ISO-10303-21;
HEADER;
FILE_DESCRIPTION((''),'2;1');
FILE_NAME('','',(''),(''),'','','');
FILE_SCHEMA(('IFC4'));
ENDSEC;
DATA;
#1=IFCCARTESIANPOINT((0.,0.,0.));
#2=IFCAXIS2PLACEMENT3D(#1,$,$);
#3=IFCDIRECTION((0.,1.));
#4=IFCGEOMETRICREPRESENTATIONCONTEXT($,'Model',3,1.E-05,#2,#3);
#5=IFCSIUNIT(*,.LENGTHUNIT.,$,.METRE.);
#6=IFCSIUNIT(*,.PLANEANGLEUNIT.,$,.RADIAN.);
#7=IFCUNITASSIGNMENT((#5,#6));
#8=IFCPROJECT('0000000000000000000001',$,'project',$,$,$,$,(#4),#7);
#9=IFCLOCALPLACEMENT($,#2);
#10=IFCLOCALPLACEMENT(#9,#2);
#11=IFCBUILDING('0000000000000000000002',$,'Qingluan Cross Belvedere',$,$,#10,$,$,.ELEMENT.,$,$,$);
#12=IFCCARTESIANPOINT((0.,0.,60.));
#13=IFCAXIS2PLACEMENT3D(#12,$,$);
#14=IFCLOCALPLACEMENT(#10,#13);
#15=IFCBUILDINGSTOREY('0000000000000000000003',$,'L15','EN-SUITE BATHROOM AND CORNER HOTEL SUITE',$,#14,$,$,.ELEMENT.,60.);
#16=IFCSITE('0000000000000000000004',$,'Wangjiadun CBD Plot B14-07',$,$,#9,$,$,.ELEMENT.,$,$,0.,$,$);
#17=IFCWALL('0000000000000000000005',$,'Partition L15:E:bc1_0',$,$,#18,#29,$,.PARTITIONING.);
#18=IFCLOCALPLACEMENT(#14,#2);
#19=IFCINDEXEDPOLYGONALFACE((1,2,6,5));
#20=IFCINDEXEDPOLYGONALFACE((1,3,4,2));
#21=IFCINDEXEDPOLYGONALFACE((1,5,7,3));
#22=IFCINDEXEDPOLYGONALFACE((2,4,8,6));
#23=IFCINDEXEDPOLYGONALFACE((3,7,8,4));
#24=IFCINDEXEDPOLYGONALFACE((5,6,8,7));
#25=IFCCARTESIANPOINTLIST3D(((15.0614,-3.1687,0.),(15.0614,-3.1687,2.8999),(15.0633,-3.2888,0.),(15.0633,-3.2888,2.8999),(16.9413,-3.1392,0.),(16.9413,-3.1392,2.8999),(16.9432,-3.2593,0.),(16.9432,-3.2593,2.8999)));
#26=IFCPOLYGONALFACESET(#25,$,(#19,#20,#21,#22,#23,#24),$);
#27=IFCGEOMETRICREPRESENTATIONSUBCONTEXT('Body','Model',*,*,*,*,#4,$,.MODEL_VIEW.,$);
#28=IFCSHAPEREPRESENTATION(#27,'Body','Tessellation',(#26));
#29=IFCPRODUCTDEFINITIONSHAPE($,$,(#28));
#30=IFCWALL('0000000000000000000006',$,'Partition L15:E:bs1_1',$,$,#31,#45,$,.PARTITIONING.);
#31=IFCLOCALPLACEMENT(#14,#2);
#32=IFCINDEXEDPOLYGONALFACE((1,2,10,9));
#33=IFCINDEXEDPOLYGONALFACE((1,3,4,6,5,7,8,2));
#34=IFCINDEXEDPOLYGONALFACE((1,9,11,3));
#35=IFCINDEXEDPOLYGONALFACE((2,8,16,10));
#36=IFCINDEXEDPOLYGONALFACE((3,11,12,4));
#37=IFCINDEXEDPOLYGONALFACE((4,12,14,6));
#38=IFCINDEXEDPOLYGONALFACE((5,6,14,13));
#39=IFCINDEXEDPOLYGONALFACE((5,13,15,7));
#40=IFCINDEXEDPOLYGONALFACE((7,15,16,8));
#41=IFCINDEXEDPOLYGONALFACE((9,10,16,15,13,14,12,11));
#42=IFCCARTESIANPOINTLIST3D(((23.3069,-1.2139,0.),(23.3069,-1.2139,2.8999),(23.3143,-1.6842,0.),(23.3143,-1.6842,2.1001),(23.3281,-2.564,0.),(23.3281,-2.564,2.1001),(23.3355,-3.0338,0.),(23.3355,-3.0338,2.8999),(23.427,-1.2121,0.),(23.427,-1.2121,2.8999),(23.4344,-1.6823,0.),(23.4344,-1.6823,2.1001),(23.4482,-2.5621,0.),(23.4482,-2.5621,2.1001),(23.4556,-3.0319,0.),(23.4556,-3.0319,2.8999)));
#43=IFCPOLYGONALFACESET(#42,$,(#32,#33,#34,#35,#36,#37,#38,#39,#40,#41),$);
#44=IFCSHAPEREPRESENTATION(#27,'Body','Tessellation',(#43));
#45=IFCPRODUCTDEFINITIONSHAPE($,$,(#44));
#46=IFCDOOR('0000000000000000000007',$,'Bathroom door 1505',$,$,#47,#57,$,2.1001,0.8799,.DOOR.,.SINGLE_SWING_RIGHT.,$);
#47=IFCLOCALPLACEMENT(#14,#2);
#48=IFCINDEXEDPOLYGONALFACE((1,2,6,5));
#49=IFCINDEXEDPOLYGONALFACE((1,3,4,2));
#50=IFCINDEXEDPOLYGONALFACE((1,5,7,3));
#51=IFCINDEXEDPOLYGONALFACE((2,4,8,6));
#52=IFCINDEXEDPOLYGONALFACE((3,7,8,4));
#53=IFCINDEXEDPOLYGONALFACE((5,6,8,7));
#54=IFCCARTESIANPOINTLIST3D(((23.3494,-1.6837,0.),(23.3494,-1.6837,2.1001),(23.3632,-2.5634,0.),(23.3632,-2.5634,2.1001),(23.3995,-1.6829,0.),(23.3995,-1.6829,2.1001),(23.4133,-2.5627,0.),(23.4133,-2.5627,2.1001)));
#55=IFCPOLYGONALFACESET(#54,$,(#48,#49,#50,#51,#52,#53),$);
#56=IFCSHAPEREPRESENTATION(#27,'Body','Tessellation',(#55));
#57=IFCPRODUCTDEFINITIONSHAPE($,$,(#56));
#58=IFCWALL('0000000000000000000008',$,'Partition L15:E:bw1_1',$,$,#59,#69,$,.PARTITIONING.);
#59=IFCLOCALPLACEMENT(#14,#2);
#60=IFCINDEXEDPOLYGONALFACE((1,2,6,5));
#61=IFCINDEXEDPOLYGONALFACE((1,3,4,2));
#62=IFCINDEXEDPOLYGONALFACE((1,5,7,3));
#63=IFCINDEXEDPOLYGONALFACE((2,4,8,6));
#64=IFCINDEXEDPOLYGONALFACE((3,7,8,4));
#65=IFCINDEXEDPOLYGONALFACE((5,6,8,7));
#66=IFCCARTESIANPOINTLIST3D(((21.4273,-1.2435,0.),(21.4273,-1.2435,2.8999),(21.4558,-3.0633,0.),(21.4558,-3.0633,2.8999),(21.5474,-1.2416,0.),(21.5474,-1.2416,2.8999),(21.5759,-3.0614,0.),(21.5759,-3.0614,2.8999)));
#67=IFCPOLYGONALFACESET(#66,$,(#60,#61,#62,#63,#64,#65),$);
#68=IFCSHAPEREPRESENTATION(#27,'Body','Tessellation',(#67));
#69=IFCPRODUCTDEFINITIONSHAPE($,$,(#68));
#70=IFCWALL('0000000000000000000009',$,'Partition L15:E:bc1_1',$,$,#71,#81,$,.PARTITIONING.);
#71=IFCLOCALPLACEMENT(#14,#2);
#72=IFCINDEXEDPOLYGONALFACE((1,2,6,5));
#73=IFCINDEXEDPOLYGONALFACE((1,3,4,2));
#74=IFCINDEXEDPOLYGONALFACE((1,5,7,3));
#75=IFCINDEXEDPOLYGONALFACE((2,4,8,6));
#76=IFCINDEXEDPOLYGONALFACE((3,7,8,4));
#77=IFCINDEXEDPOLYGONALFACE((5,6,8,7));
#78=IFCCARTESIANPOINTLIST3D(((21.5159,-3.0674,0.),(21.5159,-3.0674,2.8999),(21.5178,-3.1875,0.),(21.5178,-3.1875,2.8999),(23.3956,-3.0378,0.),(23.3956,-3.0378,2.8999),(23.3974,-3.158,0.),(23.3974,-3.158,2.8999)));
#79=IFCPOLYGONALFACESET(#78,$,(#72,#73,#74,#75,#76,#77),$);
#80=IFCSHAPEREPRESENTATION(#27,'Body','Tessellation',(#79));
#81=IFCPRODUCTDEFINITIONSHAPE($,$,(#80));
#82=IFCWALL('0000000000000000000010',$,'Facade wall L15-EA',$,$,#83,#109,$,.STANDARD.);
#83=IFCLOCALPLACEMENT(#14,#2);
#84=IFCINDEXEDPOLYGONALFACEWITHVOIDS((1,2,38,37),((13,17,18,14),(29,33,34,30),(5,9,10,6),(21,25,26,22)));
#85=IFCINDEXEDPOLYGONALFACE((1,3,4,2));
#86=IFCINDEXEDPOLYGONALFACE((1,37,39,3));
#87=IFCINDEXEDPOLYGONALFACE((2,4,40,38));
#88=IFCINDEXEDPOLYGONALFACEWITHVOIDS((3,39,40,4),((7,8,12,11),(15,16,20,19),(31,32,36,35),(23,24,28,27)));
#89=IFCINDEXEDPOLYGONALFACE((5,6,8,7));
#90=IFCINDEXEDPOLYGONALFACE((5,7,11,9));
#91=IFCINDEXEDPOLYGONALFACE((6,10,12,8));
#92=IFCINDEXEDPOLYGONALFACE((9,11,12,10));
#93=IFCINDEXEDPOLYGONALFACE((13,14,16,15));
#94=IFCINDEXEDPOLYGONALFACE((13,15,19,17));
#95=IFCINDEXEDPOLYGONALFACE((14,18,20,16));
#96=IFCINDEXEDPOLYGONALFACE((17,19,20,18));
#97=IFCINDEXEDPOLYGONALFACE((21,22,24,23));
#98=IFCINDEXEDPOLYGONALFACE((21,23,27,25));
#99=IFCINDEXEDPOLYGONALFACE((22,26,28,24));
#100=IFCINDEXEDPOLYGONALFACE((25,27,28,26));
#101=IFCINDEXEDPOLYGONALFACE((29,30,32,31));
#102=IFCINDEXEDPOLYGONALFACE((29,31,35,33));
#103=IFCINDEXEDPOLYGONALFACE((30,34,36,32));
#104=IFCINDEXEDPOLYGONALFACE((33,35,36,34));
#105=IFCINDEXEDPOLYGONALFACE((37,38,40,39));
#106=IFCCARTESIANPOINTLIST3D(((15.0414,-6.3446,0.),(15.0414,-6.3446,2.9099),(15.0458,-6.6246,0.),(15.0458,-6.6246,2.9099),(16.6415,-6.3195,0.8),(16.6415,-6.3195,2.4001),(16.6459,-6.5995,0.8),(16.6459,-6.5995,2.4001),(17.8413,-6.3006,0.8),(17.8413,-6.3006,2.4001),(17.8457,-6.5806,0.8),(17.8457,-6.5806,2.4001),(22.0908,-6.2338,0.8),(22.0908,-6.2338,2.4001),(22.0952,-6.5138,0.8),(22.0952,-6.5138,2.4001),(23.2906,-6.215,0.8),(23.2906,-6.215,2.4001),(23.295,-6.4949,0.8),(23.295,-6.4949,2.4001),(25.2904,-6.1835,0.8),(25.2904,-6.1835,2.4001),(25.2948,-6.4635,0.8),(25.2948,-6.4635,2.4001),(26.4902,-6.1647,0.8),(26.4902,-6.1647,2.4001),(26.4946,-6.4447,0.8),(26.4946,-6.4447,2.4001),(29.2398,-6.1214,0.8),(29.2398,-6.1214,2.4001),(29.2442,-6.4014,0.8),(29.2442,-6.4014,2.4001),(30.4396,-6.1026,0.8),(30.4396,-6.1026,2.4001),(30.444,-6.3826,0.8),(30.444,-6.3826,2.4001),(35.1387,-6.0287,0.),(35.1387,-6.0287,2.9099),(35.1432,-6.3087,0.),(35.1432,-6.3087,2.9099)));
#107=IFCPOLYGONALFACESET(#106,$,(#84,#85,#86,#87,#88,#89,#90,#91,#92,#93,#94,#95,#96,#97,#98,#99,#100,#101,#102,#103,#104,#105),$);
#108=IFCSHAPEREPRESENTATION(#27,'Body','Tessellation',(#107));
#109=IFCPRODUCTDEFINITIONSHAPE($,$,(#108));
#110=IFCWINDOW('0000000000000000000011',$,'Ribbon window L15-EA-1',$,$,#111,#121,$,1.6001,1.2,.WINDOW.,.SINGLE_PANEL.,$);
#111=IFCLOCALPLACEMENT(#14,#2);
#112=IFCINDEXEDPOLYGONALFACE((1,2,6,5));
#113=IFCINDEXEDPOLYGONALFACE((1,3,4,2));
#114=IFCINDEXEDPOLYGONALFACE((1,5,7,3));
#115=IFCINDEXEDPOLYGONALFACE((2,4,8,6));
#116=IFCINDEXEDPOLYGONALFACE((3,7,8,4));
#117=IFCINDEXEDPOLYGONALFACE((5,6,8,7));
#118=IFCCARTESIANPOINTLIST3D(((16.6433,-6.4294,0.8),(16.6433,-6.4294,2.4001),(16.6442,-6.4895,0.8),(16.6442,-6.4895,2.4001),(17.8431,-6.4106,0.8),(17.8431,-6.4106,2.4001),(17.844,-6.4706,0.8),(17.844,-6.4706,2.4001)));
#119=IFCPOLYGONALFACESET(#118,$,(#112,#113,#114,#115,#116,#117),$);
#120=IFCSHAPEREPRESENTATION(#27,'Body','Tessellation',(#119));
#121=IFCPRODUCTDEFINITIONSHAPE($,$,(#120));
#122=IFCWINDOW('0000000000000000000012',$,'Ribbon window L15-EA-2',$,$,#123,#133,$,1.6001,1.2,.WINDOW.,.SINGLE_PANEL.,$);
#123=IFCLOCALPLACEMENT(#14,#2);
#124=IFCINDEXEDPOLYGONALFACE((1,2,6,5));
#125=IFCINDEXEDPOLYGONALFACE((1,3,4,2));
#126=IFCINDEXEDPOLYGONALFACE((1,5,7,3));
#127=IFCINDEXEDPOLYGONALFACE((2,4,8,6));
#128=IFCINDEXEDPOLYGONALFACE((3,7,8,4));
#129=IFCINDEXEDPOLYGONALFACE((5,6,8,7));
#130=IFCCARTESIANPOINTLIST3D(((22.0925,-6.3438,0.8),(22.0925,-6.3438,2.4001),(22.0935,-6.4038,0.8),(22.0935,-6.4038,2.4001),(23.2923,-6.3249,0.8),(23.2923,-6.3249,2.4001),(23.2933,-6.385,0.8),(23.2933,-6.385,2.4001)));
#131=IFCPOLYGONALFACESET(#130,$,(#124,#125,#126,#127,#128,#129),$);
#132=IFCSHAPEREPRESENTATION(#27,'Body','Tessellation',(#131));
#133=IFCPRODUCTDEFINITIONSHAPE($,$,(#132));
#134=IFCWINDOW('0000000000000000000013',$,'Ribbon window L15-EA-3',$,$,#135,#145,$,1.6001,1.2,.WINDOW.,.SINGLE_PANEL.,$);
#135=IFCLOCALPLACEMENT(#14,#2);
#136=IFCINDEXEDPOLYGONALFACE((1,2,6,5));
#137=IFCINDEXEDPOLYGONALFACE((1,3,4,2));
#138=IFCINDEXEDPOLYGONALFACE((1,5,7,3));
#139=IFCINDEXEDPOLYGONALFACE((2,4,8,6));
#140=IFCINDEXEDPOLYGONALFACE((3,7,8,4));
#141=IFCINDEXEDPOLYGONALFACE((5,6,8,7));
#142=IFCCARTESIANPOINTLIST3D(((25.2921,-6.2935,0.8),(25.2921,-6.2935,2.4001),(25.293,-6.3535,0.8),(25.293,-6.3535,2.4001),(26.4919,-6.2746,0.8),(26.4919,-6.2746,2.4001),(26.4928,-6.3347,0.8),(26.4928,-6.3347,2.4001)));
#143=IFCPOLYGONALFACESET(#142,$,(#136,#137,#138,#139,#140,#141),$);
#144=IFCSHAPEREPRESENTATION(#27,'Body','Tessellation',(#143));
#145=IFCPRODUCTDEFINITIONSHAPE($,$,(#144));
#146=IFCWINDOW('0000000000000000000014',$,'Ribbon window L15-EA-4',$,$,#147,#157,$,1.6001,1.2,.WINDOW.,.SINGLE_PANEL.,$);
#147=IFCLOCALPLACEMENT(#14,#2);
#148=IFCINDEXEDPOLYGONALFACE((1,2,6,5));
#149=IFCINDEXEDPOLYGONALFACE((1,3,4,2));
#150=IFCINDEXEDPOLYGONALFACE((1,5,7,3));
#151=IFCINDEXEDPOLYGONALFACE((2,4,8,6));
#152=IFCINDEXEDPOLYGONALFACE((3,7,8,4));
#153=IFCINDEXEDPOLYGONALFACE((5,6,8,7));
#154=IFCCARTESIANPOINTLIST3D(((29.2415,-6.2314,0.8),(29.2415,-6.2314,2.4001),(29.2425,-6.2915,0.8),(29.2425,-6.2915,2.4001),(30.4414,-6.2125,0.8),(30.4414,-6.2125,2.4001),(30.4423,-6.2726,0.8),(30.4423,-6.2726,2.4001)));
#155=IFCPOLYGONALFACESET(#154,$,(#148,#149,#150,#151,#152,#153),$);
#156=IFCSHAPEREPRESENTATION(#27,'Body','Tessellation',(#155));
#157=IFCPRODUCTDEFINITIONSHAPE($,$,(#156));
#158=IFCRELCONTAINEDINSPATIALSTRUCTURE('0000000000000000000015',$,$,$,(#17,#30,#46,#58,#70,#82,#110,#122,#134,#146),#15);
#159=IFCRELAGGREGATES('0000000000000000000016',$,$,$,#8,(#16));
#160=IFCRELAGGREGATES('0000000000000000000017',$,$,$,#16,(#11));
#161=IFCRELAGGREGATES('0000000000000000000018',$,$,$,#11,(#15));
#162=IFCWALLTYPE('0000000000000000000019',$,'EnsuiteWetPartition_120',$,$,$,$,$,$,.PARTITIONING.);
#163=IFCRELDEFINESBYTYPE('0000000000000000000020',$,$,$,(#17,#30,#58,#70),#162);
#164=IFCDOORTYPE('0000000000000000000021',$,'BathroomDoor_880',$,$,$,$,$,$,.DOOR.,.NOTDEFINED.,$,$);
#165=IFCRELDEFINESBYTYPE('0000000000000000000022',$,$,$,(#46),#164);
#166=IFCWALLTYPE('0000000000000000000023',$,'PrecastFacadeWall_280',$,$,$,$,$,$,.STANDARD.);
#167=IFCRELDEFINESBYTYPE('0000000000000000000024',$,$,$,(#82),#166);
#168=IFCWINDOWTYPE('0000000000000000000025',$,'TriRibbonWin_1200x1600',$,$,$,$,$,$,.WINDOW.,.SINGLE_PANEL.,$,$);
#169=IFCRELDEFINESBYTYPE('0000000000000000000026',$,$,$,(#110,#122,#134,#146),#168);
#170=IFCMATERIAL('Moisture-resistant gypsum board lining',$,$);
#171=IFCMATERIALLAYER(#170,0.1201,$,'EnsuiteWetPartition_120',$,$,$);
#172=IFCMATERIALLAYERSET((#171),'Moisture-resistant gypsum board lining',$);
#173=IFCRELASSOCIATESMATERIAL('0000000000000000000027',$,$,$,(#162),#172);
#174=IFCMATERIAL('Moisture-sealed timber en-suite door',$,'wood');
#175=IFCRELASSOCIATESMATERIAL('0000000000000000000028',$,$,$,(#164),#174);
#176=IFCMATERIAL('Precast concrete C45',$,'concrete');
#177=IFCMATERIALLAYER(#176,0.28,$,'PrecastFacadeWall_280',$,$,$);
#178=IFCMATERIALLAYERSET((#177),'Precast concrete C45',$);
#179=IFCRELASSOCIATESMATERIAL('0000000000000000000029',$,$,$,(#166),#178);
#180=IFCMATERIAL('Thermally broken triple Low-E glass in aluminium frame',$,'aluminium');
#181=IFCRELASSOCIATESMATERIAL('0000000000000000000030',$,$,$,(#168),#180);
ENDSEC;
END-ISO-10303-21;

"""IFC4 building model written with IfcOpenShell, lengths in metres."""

from ifc_helpers import new_model, si_unit, direction, frame, frame_2d, origin, place, context, subcontext, project, spatial, rectangle, extrude, material, layer, layer_set, type_object, element, fill, save


model = new_model("IFC4")

# Units and contexts
model_context = context("Model", 3, precision=1e-05, world=origin(), true_north=direction((0.0, 1.0)))
body_context = subcontext(model_context, "Body", "Model", "MODEL_VIEW")
ifc_project = project(units=[si_unit("LENGTHUNIT", "METRE"), si_unit("PLANEANGLEUNIT", "RADIAN")], contexts=[model_context])

# Site, building, storey
site_placement = place(None, origin())
site = spatial("IfcSite", under=ifc_project, at=site_placement, Name="Wangjiadun CBD Plot B14-07", CompositionType="ELEMENT", RefElevation=0.0)
building_placement = place(site_placement, origin())
building = spatial("IfcBuilding", under=site, at=building_placement, Name="Qingluan Cross Belvedere", CompositionType="ELEMENT")
storey_placement = place(building_placement, frame((0.0, 0.0, 60.0)))
storey = spatial("IfcBuildingStorey", under=building, at=storey_placement, Name="L15", Description="EN-SUITE BATHROOM AND CORNER HOTEL SUITE", CompositionType="ELEMENT", Elevation=60.0)

# Shared definitions
ifc_material_1 = material(Name="Moisture-resistant gypsum board lining")
ifc_layer_1 = layer(ifc_material_1, 0.1201, Name="EnsuiteWetPartition_120")
ifc_layer_set_1 = layer_set([ifc_layer_1], Name="Moisture-resistant gypsum board lining")
wall_type_1 = type_object("IfcWallType", Name="EnsuiteWetPartition_120", PredefinedType="PARTITIONING", material=ifc_layer_set_1)
ifc_material_2 = material(Name="Moisture-sealed timber en-suite door", Category="wood")
door_type = type_object("IfcDoorType", Name="BathroomDoor_880", OperationType="NOTDEFINED", PredefinedType="DOOR", material=ifc_material_2)

# Wall
wall_1_placement = place(storey_placement, frame((15.0625, -3.2288, 0.0), z_axis=(0.0, 0.0, 1.0), x_axis=(0.999877, 0.015712, 0.0)))
element("IfcWall", 1, at=wall_1_placement, inside=storey, type_object=wall_type_1, Name="Partition L15:E:bc1_0", PredefinedType="PARTITIONING", context=body_context, shape_type="SweptSolid", body=[
    extrude(rectangle(XDim=1.8801, YDim=0.1201, at=frame_2d((0.9399, 0.0))), origin(), (0.0, 0.0, 1.0), 2.8999),
])

# Wall, opening, door
wall_2_placement = place(storey_placement, frame((23.3955, -3.033, 0.0), z_axis=(0.0, 0.0, 1.0), x_axis=(-0.015694, 0.999877, 0.0)))
wall_2 = element("IfcWall", 2, at=wall_2_placement, inside=storey, type_object=wall_type_1, Name="Partition L15:E:bs1_1", PredefinedType="PARTITIONING", context=body_context, shape_type="SweptSolid", body=[
    extrude(rectangle(XDim=1.8201, YDim=0.1201, at=frame_2d((0.9102, 0.0))), origin(), (0.0, 0.0, 1.0), 2.8999),
])
opening_1_placement = place(wall_2_placement, frame((0.47, 0.0, 0.0)))
opening_1 = element("IfcOpeningElement", 3, at=opening_1_placement, cuts=wall_2, PredefinedType="OPENING", context=body_context, shape_type="SweptSolid", body=[
    extrude(rectangle(XDim=0.8799, YDim=2.1001, at=frame_2d((0.4399, 1.05))), frame((0.0, 0.0701, 0.0), z_axis=(0.0, -1.0, 0.0), x_axis=(1.0, 0.0, 0.0)), (0.0, 0.0, 1.0), 0.1401),
])
door_1_placement = place(opening_1_placement, origin())
door_1 = element("IfcDoor", 4, at=door_1_placement, inside=storey, type_object=door_type, Name="Bathroom door 1505", OperationType="SINGLE_SWING_RIGHT", OverallHeight=2.1001, OverallWidth=0.8799, PredefinedType="DOOR", context=body_context, shape_type="SweptSolid", body=[
    extrude(rectangle(XDim=0.8799, YDim=2.1001, at=frame_2d((0.4399, 1.05))), frame((0.0, 0.0249, 0.0), z_axis=(0.0, -1.0, 0.0), x_axis=(1.0, 0.0, 0.0)), (0.0, 0.0, 1.0), 0.05),
])
fill(opening_1, door_1)

# Walls
wall_3_placement = place(storey_placement, frame((21.5159, -3.0625, 0.0), z_axis=(0.0, 0.0, 1.0), x_axis=(-0.015694, 0.999877, 0.0)))
element("IfcWall", 5, at=wall_3_placement, inside=storey, type_object=wall_type_1, Name="Partition L15:E:bw1_1", PredefinedType="PARTITIONING", context=body_context, shape_type="SweptSolid", body=[
    extrude(rectangle(XDim=1.8201, YDim=0.1201, at=frame_2d((0.9102, 0.0))), origin(), (0.0, 0.0, 1.0), 2.8999),
])
wall_4_placement = place(storey_placement, frame((21.5168, -3.1274, 0.0), z_axis=(0.0, 0.0, 1.0), x_axis=(0.999877, 0.015714, 0.0)))
element("IfcWall", 6, at=wall_4_placement, inside=storey, type_object=wall_type_1, Name="Partition L15:E:bc1_1", PredefinedType="PARTITIONING", context=body_context, shape_type="SweptSolid", body=[
    extrude(rectangle(XDim=1.8799, YDim=0.1201, at=frame_2d((0.9399, 0.0))), origin(), (0.0, 0.0, 1.0), 2.8999),
])

# Wall, openings, windows
ifc_material_3 = material(Name="Precast concrete C45", Category="concrete")
ifc_layer_2 = layer(ifc_material_3, 0.28, Name="PrecastFacadeWall_280")
ifc_layer_set_2 = layer_set([ifc_layer_2], Name="Precast concrete C45")
wall_type_2 = type_object("IfcWallType", Name="PrecastFacadeWall_280", PredefinedType="STANDARD", material=ifc_layer_set_2)
wall_5_placement = place(storey_placement, frame((15.0437, -6.4846, 0.0), z_axis=(0.0, 0.0, 1.0), x_axis=(0.999876, 0.015717, 0.0)))
wall_5 = element("IfcWall", 7, at=wall_5_placement, inside=storey, type_object=wall_type_2, Name="Facade wall L15-EA", PredefinedType="STANDARD", context=body_context, shape_type="SweptSolid", body=[
    extrude(rectangle(XDim=20.0999, YDim=0.28, at=frame_2d((10.0498, 0.0))), origin(), (0.0, 0.0, 1.0), 2.9099),
])
opening_2_placement = place(wall_5_placement, frame((1.6001, 0.0, 0.8)))
opening_2 = element("IfcOpeningElement", 8, at=opening_2_placement, cuts=wall_5, PredefinedType="OPENING", context=body_context, shape_type="SweptSolid", body=[
    extrude(rectangle(XDim=1.2, YDim=1.6001, at=frame_2d((0.6001, 0.8))), frame((0.0, 0.1499, 0.0), z_axis=(0.0, -1.0, 0.0), x_axis=(1.0, 0.0, 0.0)), (0.0, 0.0, 1.0), 0.3),
])
opening_3_placement = place(wall_5_placement, frame((7.05, 0.0, 0.8)))
opening_3 = element("IfcOpeningElement", 9, at=opening_3_placement, cuts=wall_5, PredefinedType="OPENING", context=body_context, shape_type="SweptSolid", body=[
    extrude(rectangle(XDim=1.2, YDim=1.6001, at=frame_2d((0.6001, 0.8))), frame((0.0, 0.1499, 0.0), z_axis=(0.0, -1.0, 0.0), x_axis=(1.0, 0.0, 0.0)), (0.0, 0.0, 1.0), 0.3),
])
opening_4_placement = place(wall_5_placement, frame((10.25, 0.0, 0.8)))
opening_4 = element("IfcOpeningElement", 10, at=opening_4_placement, cuts=wall_5, PredefinedType="OPENING", context=body_context, shape_type="SweptSolid", body=[
    extrude(rectangle(XDim=1.2, YDim=1.6001, at=frame_2d((0.6001, 0.8))), frame((0.0, 0.1499, 0.0), z_axis=(0.0, -1.0, 0.0), x_axis=(1.0, 0.0, 0.0)), (0.0, 0.0, 1.0), 0.3),
])
opening_5_placement = place(wall_5_placement, frame((14.2, 0.0, 0.8)))
opening_5 = element("IfcOpeningElement", 11, at=opening_5_placement, cuts=wall_5, PredefinedType="OPENING", context=body_context, shape_type="SweptSolid", body=[
    extrude(rectangle(XDim=1.2, YDim=1.6001, at=frame_2d((0.6001, 0.8))), frame((0.0, 0.1499, 0.0), z_axis=(0.0, -1.0, 0.0), x_axis=(1.0, 0.0, 0.0)), (0.0, 0.0, 1.0), 0.3),
])
ifc_material_4 = material(Name="Thermally broken triple Low-E glass in aluminium frame", Category="aluminium")
window_type_1 = type_object("IfcWindowType", Name="TriRibbonWin_1200x1600", PartitioningType="SINGLE_PANEL", PredefinedType="WINDOW", material=ifc_material_4)
window_1_placement = place(opening_2_placement, origin())
window_1 = element("IfcWindow", 12, at=window_1_placement, inside=storey, type_object=window_type_1, Name="Ribbon window L15-EA-1", OverallHeight=1.6001, OverallWidth=1.2, PartitioningType="SINGLE_PANEL", PredefinedType="WINDOW", context=body_context, shape_type="SweptSolid", body=[
    extrude(rectangle(XDim=1.2, YDim=1.6001, at=frame_2d((0.6001, 0.8))), frame((0.0, 0.03, 0.0), z_axis=(0.0, -1.0, 0.0), x_axis=(1.0, 0.0, 0.0)), (0.0, 0.0, 1.0), 0.0601),
])
fill(opening_2, window_1)
window_2_placement = place(opening_3_placement, origin())
window_2 = element("IfcWindow", 13, at=window_2_placement, inside=storey, type_object=window_type_1, Name="Ribbon window L15-EA-2", OverallHeight=1.6001, OverallWidth=1.2, PartitioningType="SINGLE_PANEL", PredefinedType="WINDOW", context=body_context, shape_type="SweptSolid", body=[
    extrude(rectangle(XDim=1.2, YDim=1.6001, at=frame_2d((0.6001, 0.8))), frame((0.0, 0.03, 0.0), z_axis=(0.0, -1.0, 0.0), x_axis=(1.0, 0.0, 0.0)), (0.0, 0.0, 1.0), 0.0601),
])
fill(opening_3, window_2)
window_3_placement = place(opening_4_placement, origin())
window_3 = element("IfcWindow", 14, at=window_3_placement, inside=storey, type_object=window_type_1, Name="Ribbon window L15-EA-3", OverallHeight=1.6001, OverallWidth=1.2, PartitioningType="SINGLE_PANEL", PredefinedType="WINDOW", context=body_context, shape_type="SweptSolid", body=[
    extrude(rectangle(XDim=1.2, YDim=1.6001, at=frame_2d((0.6001, 0.8))), frame((0.0, 0.03, 0.0), z_axis=(0.0, -1.0, 0.0), x_axis=(1.0, 0.0, 0.0)), (0.0, 0.0, 1.0), 0.0601),
])
fill(opening_4, window_3)
window_4_placement = place(opening_5_placement, origin())
window_4 = element("IfcWindow", 15, at=window_4_placement, inside=storey, type_object=window_type_1, Name="Ribbon window L15-EA-4", OverallHeight=1.6001, OverallWidth=1.2, PartitioningType="SINGLE_PANEL", PredefinedType="WINDOW", context=body_context, shape_type="SweptSolid", body=[
    extrude(rectangle(XDim=1.2, YDim=1.6001, at=frame_2d((0.6001, 0.8))), frame((0.0, 0.03, 0.0), z_axis=(0.0, -1.0, 0.0), x_axis=(1.0, 0.0, 0.0)), (0.0, 0.0, 1.0), 0.0601),
])
fill(opening_5, window_4)

save(model, "model.ifc")
